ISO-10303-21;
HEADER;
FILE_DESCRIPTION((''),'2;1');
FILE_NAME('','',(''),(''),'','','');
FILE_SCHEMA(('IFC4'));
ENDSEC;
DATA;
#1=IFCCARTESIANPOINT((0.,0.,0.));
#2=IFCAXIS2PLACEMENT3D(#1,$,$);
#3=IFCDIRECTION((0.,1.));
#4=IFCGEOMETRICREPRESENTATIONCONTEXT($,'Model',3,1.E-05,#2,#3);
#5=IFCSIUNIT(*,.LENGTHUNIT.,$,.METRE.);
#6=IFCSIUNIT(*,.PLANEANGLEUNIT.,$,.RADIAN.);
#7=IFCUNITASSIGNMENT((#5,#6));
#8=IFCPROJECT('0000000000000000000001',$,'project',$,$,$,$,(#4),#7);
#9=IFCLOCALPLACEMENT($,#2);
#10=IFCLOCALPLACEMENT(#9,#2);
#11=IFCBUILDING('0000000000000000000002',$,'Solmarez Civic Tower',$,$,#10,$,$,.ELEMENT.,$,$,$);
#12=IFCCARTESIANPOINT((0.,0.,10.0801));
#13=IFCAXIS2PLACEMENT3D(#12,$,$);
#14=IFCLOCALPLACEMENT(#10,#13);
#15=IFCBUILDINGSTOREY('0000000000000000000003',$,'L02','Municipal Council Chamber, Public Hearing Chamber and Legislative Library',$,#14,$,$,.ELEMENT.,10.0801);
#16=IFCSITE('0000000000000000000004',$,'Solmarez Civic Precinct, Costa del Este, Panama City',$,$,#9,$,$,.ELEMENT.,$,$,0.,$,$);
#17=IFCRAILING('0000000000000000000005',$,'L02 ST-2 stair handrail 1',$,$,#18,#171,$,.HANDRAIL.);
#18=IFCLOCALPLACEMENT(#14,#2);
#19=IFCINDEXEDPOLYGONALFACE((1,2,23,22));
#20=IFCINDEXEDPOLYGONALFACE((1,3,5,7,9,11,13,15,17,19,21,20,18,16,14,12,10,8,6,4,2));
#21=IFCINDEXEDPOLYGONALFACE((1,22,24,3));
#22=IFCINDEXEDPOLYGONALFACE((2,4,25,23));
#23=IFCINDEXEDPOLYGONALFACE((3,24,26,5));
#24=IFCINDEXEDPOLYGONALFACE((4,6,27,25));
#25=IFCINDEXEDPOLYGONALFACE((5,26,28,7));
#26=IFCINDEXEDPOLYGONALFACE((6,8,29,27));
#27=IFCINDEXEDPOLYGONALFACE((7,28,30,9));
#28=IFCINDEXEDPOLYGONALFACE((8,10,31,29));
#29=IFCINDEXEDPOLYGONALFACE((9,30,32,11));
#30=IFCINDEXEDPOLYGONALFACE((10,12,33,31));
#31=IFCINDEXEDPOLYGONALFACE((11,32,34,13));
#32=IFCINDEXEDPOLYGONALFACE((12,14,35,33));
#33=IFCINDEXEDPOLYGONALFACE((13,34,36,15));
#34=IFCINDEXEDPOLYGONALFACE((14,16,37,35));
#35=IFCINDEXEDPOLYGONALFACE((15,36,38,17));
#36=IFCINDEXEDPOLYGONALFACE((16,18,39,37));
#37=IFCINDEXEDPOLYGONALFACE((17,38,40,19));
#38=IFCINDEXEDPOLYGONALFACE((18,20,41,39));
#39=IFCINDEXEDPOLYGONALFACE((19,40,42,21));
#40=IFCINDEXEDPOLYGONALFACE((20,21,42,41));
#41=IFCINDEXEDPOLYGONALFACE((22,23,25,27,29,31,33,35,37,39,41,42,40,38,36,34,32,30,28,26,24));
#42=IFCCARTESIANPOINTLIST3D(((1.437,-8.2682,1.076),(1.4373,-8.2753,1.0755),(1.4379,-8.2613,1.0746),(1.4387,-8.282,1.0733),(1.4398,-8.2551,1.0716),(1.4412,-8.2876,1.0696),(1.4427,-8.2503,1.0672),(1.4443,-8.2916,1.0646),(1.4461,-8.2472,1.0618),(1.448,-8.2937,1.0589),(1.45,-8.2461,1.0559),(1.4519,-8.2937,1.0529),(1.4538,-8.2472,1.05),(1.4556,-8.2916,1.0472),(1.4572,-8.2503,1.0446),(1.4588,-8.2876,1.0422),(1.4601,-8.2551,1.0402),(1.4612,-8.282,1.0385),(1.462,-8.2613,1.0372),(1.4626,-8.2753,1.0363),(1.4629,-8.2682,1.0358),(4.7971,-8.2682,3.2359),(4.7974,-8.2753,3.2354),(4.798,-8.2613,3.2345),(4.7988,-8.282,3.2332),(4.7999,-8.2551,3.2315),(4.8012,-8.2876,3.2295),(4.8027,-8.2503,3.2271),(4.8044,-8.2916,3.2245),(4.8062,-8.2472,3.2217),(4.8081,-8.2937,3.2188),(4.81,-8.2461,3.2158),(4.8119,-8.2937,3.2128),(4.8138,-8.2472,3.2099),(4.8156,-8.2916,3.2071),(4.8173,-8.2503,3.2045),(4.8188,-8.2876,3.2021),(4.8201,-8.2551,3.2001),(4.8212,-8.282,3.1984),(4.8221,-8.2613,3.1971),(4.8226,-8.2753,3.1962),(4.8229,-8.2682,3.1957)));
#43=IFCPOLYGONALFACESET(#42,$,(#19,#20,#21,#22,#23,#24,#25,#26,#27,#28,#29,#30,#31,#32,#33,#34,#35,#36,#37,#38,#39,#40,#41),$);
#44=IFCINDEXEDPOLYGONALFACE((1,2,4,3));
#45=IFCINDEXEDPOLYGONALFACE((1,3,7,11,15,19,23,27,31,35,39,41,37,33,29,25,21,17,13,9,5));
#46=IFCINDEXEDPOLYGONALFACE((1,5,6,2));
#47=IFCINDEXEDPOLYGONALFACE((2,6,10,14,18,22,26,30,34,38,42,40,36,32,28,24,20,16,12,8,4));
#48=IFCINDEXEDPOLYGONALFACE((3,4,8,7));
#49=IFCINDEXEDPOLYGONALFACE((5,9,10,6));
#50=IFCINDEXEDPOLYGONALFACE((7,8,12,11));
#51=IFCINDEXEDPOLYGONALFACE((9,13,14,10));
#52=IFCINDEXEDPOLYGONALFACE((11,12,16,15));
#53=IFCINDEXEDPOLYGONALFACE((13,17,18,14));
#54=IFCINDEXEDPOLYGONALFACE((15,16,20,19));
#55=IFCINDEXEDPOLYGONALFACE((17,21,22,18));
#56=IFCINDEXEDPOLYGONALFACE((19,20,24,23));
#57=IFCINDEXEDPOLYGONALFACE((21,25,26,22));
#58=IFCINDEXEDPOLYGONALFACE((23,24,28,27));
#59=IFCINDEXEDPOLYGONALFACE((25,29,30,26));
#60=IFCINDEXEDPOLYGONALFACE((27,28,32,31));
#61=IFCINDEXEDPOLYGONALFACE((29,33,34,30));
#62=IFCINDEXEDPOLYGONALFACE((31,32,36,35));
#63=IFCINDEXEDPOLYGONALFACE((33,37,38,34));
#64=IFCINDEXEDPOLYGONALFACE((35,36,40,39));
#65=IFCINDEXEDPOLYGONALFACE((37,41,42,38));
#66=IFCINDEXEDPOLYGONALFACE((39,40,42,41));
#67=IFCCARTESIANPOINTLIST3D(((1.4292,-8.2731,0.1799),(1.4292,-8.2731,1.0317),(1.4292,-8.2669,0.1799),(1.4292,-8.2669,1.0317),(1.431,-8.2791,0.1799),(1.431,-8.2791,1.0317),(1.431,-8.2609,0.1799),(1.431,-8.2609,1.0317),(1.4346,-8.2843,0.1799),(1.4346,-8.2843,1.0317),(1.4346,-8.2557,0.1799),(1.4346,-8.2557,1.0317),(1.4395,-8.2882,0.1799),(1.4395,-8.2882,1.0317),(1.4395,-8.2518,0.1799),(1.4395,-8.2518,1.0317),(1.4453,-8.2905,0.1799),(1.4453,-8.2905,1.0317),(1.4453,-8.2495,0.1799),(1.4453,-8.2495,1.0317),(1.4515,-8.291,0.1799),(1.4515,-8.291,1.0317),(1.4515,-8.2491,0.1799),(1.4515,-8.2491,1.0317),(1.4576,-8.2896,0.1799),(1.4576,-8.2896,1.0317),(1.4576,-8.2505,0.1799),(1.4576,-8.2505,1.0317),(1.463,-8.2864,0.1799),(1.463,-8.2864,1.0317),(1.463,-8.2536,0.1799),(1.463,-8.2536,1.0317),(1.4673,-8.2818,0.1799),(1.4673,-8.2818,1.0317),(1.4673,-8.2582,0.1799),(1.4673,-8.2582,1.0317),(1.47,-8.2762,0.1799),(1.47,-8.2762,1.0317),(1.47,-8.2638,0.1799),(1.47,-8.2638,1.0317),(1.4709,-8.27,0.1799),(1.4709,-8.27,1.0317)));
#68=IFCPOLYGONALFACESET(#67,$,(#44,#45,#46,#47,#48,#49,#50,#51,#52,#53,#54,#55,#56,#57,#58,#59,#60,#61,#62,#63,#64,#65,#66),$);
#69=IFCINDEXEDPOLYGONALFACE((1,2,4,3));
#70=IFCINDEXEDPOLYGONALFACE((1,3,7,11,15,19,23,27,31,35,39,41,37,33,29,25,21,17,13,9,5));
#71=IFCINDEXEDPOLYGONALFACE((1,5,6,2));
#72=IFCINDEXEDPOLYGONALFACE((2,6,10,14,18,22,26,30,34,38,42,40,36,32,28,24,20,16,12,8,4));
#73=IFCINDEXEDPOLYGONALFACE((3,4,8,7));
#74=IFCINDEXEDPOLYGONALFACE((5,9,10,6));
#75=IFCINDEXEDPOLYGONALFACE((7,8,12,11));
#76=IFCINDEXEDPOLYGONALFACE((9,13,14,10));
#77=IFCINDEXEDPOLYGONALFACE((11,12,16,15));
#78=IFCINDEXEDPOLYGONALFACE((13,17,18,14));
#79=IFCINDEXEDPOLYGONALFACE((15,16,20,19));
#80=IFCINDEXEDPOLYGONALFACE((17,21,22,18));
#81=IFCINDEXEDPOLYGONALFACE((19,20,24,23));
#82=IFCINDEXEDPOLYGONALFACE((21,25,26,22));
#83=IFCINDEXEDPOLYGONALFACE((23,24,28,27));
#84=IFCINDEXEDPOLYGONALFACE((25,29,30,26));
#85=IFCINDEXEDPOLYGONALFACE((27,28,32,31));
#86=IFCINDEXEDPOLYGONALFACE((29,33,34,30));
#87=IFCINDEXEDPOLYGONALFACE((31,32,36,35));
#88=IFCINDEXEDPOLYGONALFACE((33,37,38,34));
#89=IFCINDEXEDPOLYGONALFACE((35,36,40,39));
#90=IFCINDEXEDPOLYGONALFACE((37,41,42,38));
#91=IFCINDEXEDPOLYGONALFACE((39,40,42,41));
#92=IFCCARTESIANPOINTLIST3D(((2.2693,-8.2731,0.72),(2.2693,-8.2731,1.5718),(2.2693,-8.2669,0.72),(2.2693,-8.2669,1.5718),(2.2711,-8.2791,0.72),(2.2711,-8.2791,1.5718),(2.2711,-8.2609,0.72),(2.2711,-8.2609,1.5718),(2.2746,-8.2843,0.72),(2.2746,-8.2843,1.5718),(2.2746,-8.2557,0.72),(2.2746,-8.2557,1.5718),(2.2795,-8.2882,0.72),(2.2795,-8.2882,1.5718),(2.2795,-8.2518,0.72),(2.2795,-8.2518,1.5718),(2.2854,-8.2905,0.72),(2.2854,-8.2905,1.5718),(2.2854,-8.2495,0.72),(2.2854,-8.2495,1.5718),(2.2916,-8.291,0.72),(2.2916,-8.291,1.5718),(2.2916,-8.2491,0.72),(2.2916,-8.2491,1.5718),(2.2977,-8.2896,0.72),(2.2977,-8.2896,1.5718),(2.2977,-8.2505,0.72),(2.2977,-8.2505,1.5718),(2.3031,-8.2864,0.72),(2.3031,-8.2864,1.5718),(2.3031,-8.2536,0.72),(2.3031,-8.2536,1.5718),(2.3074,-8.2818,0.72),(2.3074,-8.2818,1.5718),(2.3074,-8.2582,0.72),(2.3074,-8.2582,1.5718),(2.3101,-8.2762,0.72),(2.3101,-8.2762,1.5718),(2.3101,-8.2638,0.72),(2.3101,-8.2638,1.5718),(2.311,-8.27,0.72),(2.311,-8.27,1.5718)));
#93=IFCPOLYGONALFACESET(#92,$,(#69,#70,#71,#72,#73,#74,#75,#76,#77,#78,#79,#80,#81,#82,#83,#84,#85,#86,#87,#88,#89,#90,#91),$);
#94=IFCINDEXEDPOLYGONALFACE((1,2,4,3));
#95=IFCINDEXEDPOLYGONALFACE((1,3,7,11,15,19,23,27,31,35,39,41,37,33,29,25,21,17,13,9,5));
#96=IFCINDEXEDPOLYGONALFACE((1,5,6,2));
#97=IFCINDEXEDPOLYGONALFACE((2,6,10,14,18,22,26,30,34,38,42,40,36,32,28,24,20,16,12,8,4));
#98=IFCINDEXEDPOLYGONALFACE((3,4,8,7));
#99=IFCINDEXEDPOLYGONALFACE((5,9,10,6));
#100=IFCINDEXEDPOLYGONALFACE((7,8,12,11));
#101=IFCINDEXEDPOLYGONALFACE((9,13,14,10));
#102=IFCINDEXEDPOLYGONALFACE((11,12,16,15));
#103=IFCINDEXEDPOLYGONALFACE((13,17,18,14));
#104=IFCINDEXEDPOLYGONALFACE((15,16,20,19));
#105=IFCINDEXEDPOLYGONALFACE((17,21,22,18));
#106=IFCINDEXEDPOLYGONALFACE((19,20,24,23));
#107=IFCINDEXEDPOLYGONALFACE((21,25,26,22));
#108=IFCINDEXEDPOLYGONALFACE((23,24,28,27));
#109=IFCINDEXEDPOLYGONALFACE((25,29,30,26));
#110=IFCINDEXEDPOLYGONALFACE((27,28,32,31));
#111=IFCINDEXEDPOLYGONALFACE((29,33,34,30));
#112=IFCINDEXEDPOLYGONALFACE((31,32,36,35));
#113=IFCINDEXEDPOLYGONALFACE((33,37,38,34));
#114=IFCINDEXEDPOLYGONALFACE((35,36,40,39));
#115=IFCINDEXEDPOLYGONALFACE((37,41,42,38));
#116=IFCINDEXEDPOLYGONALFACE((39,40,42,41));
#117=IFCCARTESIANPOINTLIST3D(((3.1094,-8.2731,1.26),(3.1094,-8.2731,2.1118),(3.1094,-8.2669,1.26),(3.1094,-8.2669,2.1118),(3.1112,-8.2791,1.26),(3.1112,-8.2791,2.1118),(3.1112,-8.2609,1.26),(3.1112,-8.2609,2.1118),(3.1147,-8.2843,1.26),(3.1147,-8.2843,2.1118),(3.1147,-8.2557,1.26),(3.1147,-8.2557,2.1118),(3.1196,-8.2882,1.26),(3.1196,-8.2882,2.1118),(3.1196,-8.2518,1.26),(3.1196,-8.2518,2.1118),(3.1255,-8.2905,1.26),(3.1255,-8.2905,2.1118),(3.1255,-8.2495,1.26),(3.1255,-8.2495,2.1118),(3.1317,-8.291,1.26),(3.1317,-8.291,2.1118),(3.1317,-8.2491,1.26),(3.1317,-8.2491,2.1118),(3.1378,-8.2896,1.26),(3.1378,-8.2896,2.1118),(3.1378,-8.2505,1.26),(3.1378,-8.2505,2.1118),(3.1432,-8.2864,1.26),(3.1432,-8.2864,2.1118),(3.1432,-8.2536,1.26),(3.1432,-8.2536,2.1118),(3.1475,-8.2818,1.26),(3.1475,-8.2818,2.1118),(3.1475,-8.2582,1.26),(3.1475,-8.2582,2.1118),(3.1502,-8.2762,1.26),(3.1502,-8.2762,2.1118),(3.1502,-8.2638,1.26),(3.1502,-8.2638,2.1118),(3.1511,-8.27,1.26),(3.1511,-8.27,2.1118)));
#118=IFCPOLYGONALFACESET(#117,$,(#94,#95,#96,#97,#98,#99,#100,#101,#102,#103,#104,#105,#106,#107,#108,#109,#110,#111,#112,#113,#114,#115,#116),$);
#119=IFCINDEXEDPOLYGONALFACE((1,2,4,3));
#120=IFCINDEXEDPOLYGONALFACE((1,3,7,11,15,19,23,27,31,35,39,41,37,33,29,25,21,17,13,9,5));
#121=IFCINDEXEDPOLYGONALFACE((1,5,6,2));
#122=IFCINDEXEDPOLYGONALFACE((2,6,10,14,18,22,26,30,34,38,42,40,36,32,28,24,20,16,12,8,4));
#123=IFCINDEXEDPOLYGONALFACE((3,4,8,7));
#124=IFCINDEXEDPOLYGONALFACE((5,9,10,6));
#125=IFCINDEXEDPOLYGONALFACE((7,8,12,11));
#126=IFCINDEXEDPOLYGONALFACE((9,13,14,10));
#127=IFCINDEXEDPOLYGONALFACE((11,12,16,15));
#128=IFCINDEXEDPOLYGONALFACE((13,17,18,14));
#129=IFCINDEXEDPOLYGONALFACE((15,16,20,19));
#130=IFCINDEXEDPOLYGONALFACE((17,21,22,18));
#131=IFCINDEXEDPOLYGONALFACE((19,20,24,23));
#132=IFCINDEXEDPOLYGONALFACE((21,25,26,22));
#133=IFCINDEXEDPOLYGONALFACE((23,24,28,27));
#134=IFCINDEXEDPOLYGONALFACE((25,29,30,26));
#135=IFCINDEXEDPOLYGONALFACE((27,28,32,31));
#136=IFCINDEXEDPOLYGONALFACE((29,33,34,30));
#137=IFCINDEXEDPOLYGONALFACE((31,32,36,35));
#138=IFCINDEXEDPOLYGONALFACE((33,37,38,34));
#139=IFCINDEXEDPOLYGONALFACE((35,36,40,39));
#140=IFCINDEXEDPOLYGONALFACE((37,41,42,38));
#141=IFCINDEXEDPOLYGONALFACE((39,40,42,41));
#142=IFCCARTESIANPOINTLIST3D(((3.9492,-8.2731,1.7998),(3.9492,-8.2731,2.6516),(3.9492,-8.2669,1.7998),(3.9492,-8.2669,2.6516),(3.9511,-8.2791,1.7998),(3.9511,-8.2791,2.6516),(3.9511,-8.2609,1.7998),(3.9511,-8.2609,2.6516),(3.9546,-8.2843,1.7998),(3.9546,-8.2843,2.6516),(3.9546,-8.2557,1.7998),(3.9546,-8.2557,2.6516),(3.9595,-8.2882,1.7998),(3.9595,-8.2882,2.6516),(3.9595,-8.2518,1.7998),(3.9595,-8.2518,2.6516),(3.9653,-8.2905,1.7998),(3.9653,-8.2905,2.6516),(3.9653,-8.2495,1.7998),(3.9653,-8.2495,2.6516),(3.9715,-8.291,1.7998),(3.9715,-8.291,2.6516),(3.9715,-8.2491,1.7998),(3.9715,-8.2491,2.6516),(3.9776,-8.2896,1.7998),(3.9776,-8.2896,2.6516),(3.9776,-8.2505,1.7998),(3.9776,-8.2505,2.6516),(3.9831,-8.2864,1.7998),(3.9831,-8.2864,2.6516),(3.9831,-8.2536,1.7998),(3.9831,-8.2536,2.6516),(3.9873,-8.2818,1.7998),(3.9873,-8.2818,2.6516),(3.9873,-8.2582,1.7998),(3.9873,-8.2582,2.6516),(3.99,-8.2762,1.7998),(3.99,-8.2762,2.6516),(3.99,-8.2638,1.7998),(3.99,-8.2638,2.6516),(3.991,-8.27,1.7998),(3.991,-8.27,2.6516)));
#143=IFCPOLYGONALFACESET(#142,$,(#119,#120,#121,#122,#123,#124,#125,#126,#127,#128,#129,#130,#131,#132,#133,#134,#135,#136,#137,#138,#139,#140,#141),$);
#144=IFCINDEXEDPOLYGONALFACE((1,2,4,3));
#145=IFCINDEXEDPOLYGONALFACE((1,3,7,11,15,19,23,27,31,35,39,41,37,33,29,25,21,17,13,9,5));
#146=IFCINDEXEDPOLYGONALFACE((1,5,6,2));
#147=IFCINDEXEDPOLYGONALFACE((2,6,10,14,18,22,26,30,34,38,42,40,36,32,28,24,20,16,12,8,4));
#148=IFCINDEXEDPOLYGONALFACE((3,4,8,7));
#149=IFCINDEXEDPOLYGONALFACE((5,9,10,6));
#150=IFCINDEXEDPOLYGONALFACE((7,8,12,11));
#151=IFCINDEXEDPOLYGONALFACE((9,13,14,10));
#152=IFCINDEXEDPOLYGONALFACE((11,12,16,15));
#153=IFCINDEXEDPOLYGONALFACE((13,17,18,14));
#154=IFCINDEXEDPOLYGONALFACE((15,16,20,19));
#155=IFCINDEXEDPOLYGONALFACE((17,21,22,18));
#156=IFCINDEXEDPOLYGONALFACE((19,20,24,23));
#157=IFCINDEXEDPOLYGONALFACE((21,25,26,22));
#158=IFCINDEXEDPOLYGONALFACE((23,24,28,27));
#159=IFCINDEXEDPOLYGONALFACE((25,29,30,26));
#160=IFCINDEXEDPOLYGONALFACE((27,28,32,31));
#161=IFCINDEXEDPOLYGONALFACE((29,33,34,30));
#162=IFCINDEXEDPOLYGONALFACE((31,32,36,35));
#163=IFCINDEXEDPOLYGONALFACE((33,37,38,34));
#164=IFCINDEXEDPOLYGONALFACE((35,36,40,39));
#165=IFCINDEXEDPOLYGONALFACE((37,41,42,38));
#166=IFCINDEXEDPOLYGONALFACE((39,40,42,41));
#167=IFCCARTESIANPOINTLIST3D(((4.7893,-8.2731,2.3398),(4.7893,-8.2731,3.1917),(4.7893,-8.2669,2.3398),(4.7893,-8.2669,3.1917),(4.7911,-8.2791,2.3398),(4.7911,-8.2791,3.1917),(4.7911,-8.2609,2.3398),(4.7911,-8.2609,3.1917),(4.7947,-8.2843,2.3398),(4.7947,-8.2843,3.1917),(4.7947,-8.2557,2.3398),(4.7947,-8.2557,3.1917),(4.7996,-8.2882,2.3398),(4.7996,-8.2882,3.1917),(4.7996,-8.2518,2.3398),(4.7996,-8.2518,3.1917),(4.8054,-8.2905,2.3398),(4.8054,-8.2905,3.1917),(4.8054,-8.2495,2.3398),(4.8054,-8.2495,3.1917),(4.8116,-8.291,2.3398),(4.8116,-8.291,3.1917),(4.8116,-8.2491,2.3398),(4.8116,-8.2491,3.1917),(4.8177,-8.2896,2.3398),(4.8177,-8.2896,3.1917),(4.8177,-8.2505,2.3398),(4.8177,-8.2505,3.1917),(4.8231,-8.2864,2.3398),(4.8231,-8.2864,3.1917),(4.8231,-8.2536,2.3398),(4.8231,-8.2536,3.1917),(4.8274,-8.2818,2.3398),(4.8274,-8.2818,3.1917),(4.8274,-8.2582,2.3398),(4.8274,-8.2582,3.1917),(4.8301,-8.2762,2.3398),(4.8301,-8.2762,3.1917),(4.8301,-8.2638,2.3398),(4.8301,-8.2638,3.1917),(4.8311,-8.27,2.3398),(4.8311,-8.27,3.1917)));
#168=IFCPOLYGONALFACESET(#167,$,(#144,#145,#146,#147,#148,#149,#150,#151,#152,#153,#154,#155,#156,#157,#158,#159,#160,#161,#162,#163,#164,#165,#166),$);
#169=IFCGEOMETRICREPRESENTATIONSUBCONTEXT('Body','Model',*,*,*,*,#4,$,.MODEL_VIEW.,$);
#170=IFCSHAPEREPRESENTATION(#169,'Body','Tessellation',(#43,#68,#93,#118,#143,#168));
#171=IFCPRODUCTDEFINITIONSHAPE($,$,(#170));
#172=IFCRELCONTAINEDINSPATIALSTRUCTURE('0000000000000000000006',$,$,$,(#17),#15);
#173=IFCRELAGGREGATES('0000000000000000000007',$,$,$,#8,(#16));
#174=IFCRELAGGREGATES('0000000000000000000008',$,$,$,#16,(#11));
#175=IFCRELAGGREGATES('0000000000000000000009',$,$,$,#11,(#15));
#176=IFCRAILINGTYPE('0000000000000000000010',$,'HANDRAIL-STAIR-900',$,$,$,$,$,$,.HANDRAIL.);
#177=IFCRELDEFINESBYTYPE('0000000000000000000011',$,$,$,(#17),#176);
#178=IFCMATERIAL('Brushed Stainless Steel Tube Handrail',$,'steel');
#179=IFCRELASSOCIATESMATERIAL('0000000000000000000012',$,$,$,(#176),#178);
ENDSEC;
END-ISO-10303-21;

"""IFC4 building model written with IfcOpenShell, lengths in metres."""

from ifc_helpers import new_model, si_unit, direction, frame, origin, origin_2d, place, context, subcontext, project, spatial, circle, extrude, material, type_object, element, save


model = new_model("IFC4")

# Units and contexts
model_context = context("Model", 3, precision=1e-05, world=origin(), true_north=direction((0.0, 1.0)))
body_context = subcontext(model_context, "Body", "Model", "MODEL_VIEW")
ifc_project = project(units=[si_unit("LENGTHUNIT", "METRE"), si_unit("PLANEANGLEUNIT", "RADIAN")], contexts=[model_context])

# Site, building, storey
site_placement = place(None, origin())
site = spatial("IfcSite", under=ifc_project, at=site_placement, Name="Solmarez Civic Precinct, Costa del Este, Panama City", CompositionType="ELEMENT", RefElevation=0.0)
building_placement = place(site_placement, origin())
building = spatial("IfcBuilding", under=site, at=building_placement, Name="Solmarez Civic Tower", CompositionType="ELEMENT")
storey_placement = place(building_placement, frame((0.0, 0.0, 10.0801)))
storey = spatial("IfcBuildingStorey", under=building, at=storey_placement, Name="L02", Description="Municipal Council Chamber, Public Hearing Chamber and Legislative Library", CompositionType="ELEMENT", Elevation=10.0801)

# Railing
ifc_material_1 = material(Name="Brushed Stainless Steel Tube Handrail", Category="steel")
railing_type_1 = type_object("IfcRailingType", Name="HANDRAIL-STAIR-900", PredefinedType="HANDRAIL", material=ifc_material_1)
railing_1_placement = place(storey_placement, frame((1.45, -8.27, 0.1799)))
element("IfcRailing", 1, at=railing_1_placement, inside=storey, type_object=railing_type_1, Name="L02 ST-2 stair handrail 1", PredefinedType="HANDRAIL", context=body_context, shape_type="SweptSolid", body=[
    extrude(circle(Radius=0.0239, at=origin_2d()), frame((0.0, 0.0, 0.876), z_axis=(0.841196, 0.0, 0.54073), x_axis=(0.0, 1.0, 0.0)), (0.0, 0.0, 1.0), 3.9944),
    extrude(circle(Radius=0.021, at=origin_2d()), origin(), (0.0, 0.0, 1.0), 0.8518),
    extrude(circle(Radius=0.021, at=origin_2d()), frame((0.8401, 0.0, 0.54)), (0.0, 0.0, 1.0), 0.8518),
    extrude(circle(Radius=0.021, at=origin_2d()), frame((1.6802, 0.0, 1.0801)), (0.0, 0.0, 1.0), 0.8518),
    extrude(circle(Radius=0.021, at=origin_2d()), frame((2.52, 0.0, 1.6199)), (0.0, 0.0, 1.0), 0.8518),
    extrude(circle(Radius=0.021, at=origin_2d()), frame((3.3601, 0.0, 2.1599)), (0.0, 0.0, 1.0), 0.8518),
])

save(model, "model.ifc")
